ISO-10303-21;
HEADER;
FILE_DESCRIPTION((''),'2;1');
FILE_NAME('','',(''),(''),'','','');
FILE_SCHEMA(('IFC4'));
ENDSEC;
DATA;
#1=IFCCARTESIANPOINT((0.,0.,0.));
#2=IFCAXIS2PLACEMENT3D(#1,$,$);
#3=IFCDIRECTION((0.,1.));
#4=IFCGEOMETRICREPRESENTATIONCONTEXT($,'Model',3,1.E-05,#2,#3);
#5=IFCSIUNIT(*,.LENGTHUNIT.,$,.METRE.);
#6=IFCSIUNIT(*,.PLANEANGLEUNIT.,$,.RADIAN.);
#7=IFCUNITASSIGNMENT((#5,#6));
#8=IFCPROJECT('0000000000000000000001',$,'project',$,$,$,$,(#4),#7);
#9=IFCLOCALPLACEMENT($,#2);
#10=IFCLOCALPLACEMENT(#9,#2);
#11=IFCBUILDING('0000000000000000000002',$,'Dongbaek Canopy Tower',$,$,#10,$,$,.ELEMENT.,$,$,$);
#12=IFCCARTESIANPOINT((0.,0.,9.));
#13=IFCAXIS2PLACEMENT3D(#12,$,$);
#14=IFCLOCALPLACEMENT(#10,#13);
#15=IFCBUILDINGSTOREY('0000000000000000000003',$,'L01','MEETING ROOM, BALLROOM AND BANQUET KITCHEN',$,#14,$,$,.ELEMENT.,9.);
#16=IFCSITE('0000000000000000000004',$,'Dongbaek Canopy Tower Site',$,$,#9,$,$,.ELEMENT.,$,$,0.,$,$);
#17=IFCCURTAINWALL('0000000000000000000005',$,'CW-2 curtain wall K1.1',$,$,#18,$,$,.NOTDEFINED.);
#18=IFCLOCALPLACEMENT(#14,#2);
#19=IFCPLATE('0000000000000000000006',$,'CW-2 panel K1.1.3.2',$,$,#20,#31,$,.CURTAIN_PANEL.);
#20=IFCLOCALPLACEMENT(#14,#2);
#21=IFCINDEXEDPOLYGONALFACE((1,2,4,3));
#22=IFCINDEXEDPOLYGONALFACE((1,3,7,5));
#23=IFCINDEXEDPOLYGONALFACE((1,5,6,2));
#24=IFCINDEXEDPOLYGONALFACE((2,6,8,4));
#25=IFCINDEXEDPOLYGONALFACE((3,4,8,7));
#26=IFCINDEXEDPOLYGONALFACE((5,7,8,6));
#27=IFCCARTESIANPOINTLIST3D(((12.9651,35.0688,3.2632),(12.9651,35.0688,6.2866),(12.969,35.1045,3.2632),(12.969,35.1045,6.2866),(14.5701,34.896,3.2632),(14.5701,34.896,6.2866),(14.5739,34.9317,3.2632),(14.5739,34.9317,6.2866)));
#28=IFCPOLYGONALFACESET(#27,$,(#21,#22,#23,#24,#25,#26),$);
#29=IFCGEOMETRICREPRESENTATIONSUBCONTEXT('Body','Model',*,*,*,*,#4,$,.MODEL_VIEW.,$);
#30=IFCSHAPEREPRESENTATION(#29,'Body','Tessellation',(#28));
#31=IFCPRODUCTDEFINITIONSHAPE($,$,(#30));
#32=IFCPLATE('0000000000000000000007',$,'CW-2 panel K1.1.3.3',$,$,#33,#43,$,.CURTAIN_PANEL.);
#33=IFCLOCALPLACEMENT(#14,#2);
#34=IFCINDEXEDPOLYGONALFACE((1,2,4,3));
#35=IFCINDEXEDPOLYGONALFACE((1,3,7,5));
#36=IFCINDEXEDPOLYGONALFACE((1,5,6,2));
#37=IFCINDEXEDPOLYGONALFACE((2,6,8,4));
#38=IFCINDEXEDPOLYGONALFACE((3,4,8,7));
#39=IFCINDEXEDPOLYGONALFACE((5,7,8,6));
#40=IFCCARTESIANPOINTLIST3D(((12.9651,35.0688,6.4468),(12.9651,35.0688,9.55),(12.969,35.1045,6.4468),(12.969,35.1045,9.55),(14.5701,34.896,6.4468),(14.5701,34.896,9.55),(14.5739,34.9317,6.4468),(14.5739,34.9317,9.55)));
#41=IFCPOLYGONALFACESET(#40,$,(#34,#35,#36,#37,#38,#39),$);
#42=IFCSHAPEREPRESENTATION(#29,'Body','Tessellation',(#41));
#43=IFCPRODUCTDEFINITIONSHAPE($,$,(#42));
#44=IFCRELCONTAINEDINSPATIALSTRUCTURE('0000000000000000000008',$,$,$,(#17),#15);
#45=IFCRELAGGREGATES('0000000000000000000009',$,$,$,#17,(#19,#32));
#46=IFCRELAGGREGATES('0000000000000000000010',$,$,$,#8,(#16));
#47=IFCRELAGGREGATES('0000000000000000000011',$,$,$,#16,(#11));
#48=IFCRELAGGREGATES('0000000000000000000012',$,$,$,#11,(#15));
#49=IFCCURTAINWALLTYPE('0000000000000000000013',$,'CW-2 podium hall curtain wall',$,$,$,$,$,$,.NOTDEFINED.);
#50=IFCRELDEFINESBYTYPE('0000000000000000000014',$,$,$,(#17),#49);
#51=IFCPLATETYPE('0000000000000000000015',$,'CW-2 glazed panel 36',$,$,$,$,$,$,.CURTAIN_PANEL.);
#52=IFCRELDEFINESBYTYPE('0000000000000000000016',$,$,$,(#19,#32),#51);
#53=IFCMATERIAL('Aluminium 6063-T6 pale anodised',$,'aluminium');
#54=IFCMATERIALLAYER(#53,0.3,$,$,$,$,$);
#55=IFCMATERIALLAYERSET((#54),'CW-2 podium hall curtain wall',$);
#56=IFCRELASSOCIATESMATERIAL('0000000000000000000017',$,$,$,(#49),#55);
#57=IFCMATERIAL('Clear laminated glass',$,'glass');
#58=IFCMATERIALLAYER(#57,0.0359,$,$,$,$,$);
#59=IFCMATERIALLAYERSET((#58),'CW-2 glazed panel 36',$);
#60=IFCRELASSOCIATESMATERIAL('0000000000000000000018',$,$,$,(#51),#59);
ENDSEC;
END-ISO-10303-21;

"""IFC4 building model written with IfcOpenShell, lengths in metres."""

from ifc_helpers import new_model, si_unit, direction, frame, origin, origin_2d, place, context, subcontext, project, spatial, rectangle, extrude, material, layer, layer_set, type_object, element, aggregate, save


model = new_model("IFC4")

# Units and contexts
model_context = context("Model", 3, precision=1e-05, world=origin(), true_north=direction((0.0, 1.0)))
body_context = subcontext(model_context, "Body", "Model", "MODEL_VIEW")
ifc_project = project(units=[si_unit("LENGTHUNIT", "METRE"), si_unit("PLANEANGLEUNIT", "RADIAN")], contexts=[model_context])

# Site, building, storey
site_placement = place(None, origin())
site = spatial("IfcSite", under=ifc_project, at=site_placement, Name="Dongbaek Canopy Tower Site", CompositionType="ELEMENT", RefElevation=0.0)
building_placement = place(site_placement, origin())
building = spatial("IfcBuilding", under=site, at=building_placement, Name="Dongbaek Canopy Tower", CompositionType="ELEMENT")
storey_placement = place(building_placement, frame((0.0, 0.0, 9.0)))
storey = spatial("IfcBuildingStorey", under=building, at=storey_placement, Name="L01", Description="MEETING ROOM, BALLROOM AND BANQUET KITCHEN", CompositionType="ELEMENT", Elevation=9.0)

# Shared definitions
ifc_material_1 = material(Name="Aluminium 6063-T6 pale anodised", Category="aluminium")
ifc_layer_1 = layer(ifc_material_1, 0.3)
ifc_layer_set_1 = layer_set([ifc_layer_1], Name="CW-2 podium hall curtain wall")
curtain_wall_type = type_object("IfcCurtainWallType", Name="CW-2 podium hall curtain wall", PredefinedType="NOTDEFINED", material=ifc_layer_set_1)

# Curtain wall
curtain_wall_1_placement = place(storey_placement, origin())
curtain_wall_1 = element("IfcCurtainWall", 1, at=curtain_wall_1_placement, inside=storey, type_object=curtain_wall_type, Name="CW-2 curtain wall K1.1", PredefinedType="NOTDEFINED")

# Plates
ifc_material_2 = material(Name="Clear laminated glass", Category="glass")
ifc_layer_2 = layer(ifc_material_2, 0.0359)
ifc_layer_set_2 = layer_set([ifc_layer_2], Name="CW-2 glazed panel 36")
plate_type = type_object("IfcPlateType", Name="CW-2 glazed panel 36", PredefinedType="CURTAIN_PANEL", material=ifc_layer_set_2)
plate_1_placement = place(storey_placement, frame((13.7695, 35.0002, 3.2632), z_axis=(0.0, 0.0, 1.0), x_axis=(-0.994251, 0.107075, 0.0)))
plate_1 = element("IfcPlate", 2, at=plate_1_placement, type_object=plate_type, Name="CW-2 panel K1.1.3.2", PredefinedType="CURTAIN_PANEL", context=body_context, shape_type="SweptSolid", body=[
    extrude(rectangle(XDim=1.6143, YDim=0.0359, at=origin_2d()), origin(), (0.0, 0.0, 1.0), 3.0234),
])
plate_2_placement = place(storey_placement, frame((13.7695, 35.0002, 6.4468), z_axis=(0.0, 0.0, 1.0), x_axis=(-0.994251, 0.107075, 0.0)))
plate_2 = element("IfcPlate", 3, at=plate_2_placement, type_object=plate_type, Name="CW-2 panel K1.1.3.3", PredefinedType="CURTAIN_PANEL", context=body_context, shape_type="SweptSolid", body=[
    extrude(rectangle(XDim=1.6143, YDim=0.0359, at=origin_2d()), origin(), (0.0, 0.0, 1.0), 3.1033),
])
aggregate(curtain_wall_1, [plate_1, plate_2])

save(model, "model.ifc")
